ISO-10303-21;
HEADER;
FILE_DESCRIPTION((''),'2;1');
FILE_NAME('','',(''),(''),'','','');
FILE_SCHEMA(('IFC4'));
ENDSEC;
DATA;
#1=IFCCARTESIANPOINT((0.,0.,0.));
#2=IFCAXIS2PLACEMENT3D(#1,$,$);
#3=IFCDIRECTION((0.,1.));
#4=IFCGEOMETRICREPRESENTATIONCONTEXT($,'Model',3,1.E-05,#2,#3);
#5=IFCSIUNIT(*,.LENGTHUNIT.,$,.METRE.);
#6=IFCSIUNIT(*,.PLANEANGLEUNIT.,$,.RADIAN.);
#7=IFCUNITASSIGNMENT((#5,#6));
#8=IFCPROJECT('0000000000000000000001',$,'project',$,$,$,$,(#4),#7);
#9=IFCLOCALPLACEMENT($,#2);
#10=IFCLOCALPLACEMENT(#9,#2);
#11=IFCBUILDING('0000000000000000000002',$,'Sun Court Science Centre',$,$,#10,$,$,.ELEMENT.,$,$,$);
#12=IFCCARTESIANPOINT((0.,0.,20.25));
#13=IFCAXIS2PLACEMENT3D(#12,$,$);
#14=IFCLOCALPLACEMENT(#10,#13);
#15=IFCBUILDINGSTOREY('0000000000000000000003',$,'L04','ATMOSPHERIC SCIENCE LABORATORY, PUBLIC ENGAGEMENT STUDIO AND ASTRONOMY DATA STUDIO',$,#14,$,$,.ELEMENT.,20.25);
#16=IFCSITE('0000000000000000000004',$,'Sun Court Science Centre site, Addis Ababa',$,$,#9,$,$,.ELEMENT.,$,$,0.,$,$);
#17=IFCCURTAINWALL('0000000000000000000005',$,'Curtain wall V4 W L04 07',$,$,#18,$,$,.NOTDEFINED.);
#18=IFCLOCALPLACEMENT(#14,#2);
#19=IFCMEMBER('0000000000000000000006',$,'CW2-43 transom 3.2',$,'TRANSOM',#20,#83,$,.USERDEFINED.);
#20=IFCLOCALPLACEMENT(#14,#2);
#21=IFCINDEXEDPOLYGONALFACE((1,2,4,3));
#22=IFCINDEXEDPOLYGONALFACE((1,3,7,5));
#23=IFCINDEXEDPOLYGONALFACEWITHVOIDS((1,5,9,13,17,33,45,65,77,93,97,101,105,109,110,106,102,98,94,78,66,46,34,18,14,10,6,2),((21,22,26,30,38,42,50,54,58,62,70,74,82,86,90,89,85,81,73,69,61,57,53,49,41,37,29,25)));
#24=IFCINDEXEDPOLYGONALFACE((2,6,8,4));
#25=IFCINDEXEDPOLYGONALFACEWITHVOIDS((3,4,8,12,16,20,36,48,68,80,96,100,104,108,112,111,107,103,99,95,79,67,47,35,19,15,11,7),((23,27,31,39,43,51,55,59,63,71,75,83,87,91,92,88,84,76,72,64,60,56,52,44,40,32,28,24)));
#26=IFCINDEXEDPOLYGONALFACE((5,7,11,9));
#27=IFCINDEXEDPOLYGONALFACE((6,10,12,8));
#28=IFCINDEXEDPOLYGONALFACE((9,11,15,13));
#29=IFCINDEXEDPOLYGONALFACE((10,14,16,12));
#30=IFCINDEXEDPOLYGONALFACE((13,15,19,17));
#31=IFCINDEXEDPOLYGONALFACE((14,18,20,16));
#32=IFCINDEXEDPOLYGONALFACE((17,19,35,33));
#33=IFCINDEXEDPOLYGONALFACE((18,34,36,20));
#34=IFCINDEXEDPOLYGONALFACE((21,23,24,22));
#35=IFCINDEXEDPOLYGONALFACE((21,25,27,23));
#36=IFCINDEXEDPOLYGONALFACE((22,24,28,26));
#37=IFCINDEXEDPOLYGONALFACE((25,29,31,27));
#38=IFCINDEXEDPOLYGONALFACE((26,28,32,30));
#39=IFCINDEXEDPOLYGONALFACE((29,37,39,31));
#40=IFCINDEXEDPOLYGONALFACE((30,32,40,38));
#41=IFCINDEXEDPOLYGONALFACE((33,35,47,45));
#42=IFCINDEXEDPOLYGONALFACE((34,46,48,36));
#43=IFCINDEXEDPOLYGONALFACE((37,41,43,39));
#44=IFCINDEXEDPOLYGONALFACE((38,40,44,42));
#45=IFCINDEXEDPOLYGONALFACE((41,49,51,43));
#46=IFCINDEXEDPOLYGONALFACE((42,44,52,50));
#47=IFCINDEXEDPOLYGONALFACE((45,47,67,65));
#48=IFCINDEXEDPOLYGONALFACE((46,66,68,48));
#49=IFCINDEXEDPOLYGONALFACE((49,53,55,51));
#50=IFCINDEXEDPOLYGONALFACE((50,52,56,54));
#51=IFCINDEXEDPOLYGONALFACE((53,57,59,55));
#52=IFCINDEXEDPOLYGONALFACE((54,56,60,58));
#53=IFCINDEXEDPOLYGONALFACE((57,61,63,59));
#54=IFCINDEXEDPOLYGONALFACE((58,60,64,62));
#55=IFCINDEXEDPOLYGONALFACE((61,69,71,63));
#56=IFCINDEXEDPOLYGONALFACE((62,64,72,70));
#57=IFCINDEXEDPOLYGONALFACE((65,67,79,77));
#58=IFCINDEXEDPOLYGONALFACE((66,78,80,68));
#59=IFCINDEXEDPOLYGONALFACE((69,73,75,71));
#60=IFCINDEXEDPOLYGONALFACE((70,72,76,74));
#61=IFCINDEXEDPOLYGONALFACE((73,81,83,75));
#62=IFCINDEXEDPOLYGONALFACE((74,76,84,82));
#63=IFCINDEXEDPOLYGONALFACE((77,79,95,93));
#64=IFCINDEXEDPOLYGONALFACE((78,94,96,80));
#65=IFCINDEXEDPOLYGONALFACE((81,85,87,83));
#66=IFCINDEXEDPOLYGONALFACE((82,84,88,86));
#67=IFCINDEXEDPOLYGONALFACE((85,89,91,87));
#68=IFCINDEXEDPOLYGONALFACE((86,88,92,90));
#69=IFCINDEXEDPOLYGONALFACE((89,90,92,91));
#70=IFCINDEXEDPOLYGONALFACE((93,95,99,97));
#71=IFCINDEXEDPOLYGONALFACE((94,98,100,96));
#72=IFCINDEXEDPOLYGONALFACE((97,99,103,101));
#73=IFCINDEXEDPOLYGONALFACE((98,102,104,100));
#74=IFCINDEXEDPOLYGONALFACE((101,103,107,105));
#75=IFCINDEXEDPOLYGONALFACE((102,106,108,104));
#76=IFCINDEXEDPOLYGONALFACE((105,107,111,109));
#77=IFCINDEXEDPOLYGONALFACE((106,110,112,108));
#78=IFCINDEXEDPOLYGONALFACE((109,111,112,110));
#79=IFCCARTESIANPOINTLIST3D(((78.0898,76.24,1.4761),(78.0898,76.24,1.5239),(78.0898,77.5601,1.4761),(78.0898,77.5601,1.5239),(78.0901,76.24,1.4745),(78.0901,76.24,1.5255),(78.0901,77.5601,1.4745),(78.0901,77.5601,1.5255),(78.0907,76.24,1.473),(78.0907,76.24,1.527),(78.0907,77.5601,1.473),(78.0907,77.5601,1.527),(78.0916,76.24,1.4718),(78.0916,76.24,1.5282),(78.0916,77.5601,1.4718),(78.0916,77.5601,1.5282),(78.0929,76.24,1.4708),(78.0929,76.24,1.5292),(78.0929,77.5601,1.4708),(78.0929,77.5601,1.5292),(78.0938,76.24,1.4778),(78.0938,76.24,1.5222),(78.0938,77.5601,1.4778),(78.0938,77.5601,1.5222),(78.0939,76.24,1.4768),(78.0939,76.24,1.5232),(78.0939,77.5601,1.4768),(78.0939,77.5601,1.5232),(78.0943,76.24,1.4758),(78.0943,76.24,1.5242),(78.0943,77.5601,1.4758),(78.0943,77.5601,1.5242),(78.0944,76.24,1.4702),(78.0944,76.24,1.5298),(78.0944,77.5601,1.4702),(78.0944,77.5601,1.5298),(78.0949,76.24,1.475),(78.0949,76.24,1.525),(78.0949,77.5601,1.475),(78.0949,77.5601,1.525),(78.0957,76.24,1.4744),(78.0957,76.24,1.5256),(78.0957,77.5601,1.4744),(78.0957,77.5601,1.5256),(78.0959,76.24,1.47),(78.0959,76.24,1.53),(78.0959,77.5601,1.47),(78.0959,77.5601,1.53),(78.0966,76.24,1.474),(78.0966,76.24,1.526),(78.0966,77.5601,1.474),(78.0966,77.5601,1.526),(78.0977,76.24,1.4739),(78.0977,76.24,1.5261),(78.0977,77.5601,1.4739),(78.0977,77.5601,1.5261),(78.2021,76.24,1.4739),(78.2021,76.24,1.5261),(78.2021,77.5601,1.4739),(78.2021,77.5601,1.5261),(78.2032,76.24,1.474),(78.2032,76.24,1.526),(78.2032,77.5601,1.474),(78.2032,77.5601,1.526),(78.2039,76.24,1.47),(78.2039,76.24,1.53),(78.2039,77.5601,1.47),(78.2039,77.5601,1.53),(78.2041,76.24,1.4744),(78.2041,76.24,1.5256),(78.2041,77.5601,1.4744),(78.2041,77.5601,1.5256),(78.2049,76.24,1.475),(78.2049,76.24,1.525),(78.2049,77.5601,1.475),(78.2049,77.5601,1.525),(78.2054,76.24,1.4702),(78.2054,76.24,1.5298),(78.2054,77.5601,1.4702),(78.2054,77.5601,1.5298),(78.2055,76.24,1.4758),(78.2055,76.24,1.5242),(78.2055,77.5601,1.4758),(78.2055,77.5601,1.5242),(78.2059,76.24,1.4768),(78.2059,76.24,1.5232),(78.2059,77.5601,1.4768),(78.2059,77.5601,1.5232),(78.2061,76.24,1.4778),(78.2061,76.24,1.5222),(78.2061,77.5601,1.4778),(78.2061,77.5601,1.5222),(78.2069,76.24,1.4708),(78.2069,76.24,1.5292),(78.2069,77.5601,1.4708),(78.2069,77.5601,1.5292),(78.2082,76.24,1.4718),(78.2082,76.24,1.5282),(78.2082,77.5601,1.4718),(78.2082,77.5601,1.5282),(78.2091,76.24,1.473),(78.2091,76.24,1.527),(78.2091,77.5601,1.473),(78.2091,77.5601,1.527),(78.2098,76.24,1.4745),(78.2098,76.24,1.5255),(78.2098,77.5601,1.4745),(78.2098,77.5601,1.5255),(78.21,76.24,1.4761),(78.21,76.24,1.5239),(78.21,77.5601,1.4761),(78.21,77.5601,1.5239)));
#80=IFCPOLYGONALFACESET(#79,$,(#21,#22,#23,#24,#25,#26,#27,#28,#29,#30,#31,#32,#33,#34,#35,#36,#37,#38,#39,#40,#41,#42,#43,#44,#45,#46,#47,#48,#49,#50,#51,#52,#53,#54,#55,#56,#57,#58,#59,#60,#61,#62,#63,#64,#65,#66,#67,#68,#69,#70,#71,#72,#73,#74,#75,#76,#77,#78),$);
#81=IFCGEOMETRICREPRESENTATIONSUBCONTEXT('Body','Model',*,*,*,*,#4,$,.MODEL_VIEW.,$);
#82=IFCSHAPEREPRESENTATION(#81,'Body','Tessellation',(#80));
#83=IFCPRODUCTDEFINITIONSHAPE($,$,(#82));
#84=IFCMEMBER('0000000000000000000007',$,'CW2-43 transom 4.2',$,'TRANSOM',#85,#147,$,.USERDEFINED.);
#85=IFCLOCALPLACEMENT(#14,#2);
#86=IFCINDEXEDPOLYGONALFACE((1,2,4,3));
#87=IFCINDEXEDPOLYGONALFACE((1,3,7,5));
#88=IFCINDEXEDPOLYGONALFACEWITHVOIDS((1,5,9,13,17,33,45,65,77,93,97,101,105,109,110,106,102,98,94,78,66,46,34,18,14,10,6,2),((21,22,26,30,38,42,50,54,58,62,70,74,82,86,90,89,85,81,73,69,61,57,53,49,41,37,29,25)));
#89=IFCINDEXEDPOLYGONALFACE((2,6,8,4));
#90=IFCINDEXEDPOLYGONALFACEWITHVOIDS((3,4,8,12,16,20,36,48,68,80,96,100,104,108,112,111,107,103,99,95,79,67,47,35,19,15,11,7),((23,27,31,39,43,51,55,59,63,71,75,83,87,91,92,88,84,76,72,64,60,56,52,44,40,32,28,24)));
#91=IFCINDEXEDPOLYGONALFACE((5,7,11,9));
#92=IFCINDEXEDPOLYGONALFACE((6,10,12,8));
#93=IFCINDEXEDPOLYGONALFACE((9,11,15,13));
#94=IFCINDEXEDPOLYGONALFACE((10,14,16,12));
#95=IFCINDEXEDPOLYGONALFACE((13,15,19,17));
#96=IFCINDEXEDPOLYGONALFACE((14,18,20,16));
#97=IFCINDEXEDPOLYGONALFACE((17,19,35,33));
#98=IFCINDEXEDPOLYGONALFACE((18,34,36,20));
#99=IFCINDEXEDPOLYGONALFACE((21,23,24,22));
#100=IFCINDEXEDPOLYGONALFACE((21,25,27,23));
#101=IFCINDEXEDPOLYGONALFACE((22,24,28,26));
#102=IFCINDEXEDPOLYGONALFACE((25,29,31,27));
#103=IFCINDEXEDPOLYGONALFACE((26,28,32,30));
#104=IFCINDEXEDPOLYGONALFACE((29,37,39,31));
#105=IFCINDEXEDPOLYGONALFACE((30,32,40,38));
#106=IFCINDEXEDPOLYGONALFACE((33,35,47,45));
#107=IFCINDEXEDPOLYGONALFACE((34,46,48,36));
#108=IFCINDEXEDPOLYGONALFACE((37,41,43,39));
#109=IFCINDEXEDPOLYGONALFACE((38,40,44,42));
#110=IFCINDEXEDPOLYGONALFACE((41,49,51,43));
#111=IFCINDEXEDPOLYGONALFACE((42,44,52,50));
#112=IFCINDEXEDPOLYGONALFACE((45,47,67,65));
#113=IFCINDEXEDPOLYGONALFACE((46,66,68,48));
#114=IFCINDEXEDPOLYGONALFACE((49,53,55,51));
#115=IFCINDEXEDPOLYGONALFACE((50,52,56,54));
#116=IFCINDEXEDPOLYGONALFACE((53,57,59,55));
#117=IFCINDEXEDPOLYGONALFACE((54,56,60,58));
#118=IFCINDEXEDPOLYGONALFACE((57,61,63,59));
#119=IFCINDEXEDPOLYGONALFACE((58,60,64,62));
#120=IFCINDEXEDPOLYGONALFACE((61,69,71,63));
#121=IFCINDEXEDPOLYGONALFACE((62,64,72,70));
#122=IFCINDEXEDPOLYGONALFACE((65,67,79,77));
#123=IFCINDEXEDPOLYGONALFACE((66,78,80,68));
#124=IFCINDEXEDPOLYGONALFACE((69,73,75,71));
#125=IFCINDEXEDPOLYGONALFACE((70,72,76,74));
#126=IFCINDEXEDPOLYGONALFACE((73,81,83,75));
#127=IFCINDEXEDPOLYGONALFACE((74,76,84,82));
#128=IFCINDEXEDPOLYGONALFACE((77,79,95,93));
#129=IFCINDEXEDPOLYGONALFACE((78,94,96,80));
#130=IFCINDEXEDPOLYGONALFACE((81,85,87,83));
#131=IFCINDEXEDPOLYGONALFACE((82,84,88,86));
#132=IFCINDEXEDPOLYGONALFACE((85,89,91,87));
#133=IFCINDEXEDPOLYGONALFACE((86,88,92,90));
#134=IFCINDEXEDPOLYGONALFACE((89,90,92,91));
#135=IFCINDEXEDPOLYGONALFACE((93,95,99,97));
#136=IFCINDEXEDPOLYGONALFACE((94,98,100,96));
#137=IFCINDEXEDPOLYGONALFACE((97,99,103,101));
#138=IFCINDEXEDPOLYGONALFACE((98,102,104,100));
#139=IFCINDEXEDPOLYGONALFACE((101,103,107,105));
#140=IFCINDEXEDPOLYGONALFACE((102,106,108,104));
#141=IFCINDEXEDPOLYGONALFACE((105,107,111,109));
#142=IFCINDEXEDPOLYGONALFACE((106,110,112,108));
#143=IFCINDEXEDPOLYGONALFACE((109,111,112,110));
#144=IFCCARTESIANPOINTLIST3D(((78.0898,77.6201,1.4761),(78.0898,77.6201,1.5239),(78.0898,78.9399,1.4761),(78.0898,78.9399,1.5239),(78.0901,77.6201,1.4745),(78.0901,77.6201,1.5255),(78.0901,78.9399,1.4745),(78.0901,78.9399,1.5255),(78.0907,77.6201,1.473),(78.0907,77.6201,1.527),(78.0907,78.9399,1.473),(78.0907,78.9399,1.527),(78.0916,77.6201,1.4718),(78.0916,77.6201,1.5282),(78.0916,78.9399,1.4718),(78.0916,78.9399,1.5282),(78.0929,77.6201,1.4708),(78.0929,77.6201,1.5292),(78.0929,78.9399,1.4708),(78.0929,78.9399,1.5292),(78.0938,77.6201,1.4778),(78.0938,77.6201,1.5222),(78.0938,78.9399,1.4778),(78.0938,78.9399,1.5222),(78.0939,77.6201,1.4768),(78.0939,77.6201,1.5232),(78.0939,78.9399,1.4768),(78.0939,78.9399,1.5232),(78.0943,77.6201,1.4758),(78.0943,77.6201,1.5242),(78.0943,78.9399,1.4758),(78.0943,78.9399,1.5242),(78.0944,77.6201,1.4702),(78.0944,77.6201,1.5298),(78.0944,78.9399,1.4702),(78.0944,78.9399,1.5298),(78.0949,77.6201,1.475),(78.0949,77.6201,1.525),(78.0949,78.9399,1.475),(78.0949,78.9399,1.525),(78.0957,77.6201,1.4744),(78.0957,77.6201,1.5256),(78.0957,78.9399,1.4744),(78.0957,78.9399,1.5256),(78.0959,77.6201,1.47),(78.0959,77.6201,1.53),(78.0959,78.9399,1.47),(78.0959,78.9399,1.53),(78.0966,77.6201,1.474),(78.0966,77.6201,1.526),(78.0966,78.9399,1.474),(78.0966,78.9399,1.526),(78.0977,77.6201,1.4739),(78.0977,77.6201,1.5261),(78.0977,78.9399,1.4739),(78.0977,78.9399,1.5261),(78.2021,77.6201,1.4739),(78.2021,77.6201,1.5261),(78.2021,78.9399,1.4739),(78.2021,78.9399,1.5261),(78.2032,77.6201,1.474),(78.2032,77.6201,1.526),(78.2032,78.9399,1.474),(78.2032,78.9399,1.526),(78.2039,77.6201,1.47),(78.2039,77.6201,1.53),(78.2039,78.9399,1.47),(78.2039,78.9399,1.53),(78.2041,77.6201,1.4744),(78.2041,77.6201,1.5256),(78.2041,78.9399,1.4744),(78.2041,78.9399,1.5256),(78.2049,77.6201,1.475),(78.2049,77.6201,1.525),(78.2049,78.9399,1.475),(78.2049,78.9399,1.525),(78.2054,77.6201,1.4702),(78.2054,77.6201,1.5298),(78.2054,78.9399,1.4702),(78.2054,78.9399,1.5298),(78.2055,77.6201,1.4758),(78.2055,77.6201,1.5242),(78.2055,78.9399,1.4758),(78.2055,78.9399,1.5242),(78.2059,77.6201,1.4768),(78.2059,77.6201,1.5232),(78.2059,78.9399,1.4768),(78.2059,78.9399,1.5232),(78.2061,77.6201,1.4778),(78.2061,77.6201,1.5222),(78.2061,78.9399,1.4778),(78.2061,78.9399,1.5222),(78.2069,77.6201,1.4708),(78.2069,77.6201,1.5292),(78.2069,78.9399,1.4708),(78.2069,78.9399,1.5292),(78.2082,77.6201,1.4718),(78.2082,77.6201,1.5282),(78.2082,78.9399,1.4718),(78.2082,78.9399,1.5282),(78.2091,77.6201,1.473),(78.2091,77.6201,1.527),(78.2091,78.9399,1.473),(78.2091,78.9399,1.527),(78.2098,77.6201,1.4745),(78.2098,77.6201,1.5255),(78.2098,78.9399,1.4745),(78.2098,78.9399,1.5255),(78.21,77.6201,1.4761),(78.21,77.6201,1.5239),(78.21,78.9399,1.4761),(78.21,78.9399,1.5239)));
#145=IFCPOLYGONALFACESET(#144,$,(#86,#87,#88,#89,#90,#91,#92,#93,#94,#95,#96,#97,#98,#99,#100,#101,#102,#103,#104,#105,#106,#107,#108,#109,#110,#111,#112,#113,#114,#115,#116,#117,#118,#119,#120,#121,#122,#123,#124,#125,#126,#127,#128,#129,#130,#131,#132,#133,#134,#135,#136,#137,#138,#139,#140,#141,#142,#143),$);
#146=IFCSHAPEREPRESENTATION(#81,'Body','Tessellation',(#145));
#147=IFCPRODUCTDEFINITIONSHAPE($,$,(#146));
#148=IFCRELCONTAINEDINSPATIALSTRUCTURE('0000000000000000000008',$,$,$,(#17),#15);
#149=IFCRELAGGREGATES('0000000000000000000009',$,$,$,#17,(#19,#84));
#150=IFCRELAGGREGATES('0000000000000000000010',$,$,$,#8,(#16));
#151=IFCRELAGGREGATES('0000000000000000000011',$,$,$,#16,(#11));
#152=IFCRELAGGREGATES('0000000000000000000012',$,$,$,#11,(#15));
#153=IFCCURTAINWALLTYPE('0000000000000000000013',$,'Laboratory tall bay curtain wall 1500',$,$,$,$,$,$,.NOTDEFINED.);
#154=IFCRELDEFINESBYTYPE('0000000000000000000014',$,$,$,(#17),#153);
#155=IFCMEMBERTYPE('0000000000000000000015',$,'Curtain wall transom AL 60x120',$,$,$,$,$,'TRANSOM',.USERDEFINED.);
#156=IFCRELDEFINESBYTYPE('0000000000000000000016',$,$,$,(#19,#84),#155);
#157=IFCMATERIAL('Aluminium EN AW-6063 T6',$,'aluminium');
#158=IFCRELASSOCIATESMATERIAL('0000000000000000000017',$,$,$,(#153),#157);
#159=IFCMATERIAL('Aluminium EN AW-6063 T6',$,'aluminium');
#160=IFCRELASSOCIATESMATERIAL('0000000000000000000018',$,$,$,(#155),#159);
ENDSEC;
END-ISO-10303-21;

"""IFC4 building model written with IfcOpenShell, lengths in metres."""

from ifc_helpers import new_model, si_unit, direction, frame, origin, origin_2d, place, context, subcontext, project, spatial, hollow_rectangle, extrude, material, material_profile, profile_set, type_object, element, aggregate, save


model = new_model("IFC4")

# Units and contexts
model_context = context("Model", 3, precision=1e-05, world=origin(), true_north=direction((0.0, 1.0)))
body_context = subcontext(model_context, "Body", "Model", "MODEL_VIEW")
ifc_project = project(units=[si_unit("LENGTHUNIT", "METRE"), si_unit("PLANEANGLEUNIT", "RADIAN")], contexts=[model_context])

# Site, building, storey
site_placement = place(None, origin())
site = spatial("IfcSite", under=ifc_project, at=site_placement, Name="Sun Court Science Centre site, Addis Ababa", CompositionType="ELEMENT", RefElevation=0.0)
building_placement = place(site_placement, origin())
building = spatial("IfcBuilding", under=site, at=building_placement, Name="Sun Court Science Centre", CompositionType="ELEMENT")
storey_placement = place(building_placement, frame((0.0, 0.0, 20.25)))
storey = spatial("IfcBuildingStorey", under=building, at=storey_placement, Name="L04", Description="ATMOSPHERIC SCIENCE LABORATORY, PUBLIC ENGAGEMENT STUDIO AND ASTRONOMY DATA STUDIO", CompositionType="ELEMENT", Elevation=20.25)

# Curtain wall
ifc_material_1 = material(Name="Aluminium EN AW-6063 T6", Category="aluminium")
curtain_wall_type = type_object("IfcCurtainWallType", Name="Laboratory tall bay curtain wall 1500", PredefinedType="NOTDEFINED", material=ifc_material_1)
curtain_wall_1_placement = place(storey_placement, origin())
curtain_wall_1 = element("IfcCurtainWall", 1, at=curtain_wall_1_placement, inside=storey, type_object=curtain_wall_type, Name="Curtain wall V4 W L04 07", PredefinedType="NOTDEFINED")

# Members
ifc_material_2 = material(Name="Aluminium EN AW-6063 T6", Category="aluminium")
ifc_material_profile_1 = material_profile(ifc_material_2, hollow_rectangle(XDim=0.0601, YDim=0.1201, WallThickness=0.0039, InnerFilletRadius=0.0039, OuterFilletRadius=0.0061, at=origin_2d()), Name="AL 60x120x4")
ifc_profile_set_1 = profile_set([ifc_material_profile_1], Name="Aluminium EN AW-6063 T6")
member_type_1 = type_object("IfcMemberType", Name="Curtain wall transom AL 60x120", ElementType="TRANSOM", PredefinedType="USERDEFINED", material=ifc_profile_set_1)
member_1_placement = place(storey_placement, frame((78.1499, 76.24, 1.5), z_axis=(0.0, 1.0, 0.0), x_axis=(0.0, 0.0, 1.0)))
member_1 = element("IfcMember", 2, at=member_1_placement, type_object=member_type_1, Name="CW2-43 transom 3.2", ObjectType="TRANSOM", PredefinedType="USERDEFINED", context=body_context, shape_type="SweptSolid", body=[
    extrude(hollow_rectangle(XDim=0.0601, YDim=0.1201, WallThickness=0.0039, InnerFilletRadius=0.0039, OuterFilletRadius=0.0061, at=origin_2d()), origin(), (0.0, 0.0, 1.0), 1.3201),
])
member_2_placement = place(storey_placement, frame((78.1499, 77.6201, 1.5), z_axis=(0.0, 1.0, 0.0), x_axis=(0.0, 0.0, 1.0)))
member_2 = element("IfcMember", 3, at=member_2_placement, type_object=member_type_1, Name="CW2-43 transom 4.2", ObjectType="TRANSOM", PredefinedType="USERDEFINED", context=body_context, shape_type="SweptSolid", body=[
    extrude(hollow_rectangle(XDim=0.0601, YDim=0.1201, WallThickness=0.0039, InnerFilletRadius=0.0039, OuterFilletRadius=0.0061, at=origin_2d()), origin(), (0.0, 0.0, 1.0), 1.3198),
])

aggregate(curtain_wall_1, [member_1, member_2])

save(model, "model.ifc")
